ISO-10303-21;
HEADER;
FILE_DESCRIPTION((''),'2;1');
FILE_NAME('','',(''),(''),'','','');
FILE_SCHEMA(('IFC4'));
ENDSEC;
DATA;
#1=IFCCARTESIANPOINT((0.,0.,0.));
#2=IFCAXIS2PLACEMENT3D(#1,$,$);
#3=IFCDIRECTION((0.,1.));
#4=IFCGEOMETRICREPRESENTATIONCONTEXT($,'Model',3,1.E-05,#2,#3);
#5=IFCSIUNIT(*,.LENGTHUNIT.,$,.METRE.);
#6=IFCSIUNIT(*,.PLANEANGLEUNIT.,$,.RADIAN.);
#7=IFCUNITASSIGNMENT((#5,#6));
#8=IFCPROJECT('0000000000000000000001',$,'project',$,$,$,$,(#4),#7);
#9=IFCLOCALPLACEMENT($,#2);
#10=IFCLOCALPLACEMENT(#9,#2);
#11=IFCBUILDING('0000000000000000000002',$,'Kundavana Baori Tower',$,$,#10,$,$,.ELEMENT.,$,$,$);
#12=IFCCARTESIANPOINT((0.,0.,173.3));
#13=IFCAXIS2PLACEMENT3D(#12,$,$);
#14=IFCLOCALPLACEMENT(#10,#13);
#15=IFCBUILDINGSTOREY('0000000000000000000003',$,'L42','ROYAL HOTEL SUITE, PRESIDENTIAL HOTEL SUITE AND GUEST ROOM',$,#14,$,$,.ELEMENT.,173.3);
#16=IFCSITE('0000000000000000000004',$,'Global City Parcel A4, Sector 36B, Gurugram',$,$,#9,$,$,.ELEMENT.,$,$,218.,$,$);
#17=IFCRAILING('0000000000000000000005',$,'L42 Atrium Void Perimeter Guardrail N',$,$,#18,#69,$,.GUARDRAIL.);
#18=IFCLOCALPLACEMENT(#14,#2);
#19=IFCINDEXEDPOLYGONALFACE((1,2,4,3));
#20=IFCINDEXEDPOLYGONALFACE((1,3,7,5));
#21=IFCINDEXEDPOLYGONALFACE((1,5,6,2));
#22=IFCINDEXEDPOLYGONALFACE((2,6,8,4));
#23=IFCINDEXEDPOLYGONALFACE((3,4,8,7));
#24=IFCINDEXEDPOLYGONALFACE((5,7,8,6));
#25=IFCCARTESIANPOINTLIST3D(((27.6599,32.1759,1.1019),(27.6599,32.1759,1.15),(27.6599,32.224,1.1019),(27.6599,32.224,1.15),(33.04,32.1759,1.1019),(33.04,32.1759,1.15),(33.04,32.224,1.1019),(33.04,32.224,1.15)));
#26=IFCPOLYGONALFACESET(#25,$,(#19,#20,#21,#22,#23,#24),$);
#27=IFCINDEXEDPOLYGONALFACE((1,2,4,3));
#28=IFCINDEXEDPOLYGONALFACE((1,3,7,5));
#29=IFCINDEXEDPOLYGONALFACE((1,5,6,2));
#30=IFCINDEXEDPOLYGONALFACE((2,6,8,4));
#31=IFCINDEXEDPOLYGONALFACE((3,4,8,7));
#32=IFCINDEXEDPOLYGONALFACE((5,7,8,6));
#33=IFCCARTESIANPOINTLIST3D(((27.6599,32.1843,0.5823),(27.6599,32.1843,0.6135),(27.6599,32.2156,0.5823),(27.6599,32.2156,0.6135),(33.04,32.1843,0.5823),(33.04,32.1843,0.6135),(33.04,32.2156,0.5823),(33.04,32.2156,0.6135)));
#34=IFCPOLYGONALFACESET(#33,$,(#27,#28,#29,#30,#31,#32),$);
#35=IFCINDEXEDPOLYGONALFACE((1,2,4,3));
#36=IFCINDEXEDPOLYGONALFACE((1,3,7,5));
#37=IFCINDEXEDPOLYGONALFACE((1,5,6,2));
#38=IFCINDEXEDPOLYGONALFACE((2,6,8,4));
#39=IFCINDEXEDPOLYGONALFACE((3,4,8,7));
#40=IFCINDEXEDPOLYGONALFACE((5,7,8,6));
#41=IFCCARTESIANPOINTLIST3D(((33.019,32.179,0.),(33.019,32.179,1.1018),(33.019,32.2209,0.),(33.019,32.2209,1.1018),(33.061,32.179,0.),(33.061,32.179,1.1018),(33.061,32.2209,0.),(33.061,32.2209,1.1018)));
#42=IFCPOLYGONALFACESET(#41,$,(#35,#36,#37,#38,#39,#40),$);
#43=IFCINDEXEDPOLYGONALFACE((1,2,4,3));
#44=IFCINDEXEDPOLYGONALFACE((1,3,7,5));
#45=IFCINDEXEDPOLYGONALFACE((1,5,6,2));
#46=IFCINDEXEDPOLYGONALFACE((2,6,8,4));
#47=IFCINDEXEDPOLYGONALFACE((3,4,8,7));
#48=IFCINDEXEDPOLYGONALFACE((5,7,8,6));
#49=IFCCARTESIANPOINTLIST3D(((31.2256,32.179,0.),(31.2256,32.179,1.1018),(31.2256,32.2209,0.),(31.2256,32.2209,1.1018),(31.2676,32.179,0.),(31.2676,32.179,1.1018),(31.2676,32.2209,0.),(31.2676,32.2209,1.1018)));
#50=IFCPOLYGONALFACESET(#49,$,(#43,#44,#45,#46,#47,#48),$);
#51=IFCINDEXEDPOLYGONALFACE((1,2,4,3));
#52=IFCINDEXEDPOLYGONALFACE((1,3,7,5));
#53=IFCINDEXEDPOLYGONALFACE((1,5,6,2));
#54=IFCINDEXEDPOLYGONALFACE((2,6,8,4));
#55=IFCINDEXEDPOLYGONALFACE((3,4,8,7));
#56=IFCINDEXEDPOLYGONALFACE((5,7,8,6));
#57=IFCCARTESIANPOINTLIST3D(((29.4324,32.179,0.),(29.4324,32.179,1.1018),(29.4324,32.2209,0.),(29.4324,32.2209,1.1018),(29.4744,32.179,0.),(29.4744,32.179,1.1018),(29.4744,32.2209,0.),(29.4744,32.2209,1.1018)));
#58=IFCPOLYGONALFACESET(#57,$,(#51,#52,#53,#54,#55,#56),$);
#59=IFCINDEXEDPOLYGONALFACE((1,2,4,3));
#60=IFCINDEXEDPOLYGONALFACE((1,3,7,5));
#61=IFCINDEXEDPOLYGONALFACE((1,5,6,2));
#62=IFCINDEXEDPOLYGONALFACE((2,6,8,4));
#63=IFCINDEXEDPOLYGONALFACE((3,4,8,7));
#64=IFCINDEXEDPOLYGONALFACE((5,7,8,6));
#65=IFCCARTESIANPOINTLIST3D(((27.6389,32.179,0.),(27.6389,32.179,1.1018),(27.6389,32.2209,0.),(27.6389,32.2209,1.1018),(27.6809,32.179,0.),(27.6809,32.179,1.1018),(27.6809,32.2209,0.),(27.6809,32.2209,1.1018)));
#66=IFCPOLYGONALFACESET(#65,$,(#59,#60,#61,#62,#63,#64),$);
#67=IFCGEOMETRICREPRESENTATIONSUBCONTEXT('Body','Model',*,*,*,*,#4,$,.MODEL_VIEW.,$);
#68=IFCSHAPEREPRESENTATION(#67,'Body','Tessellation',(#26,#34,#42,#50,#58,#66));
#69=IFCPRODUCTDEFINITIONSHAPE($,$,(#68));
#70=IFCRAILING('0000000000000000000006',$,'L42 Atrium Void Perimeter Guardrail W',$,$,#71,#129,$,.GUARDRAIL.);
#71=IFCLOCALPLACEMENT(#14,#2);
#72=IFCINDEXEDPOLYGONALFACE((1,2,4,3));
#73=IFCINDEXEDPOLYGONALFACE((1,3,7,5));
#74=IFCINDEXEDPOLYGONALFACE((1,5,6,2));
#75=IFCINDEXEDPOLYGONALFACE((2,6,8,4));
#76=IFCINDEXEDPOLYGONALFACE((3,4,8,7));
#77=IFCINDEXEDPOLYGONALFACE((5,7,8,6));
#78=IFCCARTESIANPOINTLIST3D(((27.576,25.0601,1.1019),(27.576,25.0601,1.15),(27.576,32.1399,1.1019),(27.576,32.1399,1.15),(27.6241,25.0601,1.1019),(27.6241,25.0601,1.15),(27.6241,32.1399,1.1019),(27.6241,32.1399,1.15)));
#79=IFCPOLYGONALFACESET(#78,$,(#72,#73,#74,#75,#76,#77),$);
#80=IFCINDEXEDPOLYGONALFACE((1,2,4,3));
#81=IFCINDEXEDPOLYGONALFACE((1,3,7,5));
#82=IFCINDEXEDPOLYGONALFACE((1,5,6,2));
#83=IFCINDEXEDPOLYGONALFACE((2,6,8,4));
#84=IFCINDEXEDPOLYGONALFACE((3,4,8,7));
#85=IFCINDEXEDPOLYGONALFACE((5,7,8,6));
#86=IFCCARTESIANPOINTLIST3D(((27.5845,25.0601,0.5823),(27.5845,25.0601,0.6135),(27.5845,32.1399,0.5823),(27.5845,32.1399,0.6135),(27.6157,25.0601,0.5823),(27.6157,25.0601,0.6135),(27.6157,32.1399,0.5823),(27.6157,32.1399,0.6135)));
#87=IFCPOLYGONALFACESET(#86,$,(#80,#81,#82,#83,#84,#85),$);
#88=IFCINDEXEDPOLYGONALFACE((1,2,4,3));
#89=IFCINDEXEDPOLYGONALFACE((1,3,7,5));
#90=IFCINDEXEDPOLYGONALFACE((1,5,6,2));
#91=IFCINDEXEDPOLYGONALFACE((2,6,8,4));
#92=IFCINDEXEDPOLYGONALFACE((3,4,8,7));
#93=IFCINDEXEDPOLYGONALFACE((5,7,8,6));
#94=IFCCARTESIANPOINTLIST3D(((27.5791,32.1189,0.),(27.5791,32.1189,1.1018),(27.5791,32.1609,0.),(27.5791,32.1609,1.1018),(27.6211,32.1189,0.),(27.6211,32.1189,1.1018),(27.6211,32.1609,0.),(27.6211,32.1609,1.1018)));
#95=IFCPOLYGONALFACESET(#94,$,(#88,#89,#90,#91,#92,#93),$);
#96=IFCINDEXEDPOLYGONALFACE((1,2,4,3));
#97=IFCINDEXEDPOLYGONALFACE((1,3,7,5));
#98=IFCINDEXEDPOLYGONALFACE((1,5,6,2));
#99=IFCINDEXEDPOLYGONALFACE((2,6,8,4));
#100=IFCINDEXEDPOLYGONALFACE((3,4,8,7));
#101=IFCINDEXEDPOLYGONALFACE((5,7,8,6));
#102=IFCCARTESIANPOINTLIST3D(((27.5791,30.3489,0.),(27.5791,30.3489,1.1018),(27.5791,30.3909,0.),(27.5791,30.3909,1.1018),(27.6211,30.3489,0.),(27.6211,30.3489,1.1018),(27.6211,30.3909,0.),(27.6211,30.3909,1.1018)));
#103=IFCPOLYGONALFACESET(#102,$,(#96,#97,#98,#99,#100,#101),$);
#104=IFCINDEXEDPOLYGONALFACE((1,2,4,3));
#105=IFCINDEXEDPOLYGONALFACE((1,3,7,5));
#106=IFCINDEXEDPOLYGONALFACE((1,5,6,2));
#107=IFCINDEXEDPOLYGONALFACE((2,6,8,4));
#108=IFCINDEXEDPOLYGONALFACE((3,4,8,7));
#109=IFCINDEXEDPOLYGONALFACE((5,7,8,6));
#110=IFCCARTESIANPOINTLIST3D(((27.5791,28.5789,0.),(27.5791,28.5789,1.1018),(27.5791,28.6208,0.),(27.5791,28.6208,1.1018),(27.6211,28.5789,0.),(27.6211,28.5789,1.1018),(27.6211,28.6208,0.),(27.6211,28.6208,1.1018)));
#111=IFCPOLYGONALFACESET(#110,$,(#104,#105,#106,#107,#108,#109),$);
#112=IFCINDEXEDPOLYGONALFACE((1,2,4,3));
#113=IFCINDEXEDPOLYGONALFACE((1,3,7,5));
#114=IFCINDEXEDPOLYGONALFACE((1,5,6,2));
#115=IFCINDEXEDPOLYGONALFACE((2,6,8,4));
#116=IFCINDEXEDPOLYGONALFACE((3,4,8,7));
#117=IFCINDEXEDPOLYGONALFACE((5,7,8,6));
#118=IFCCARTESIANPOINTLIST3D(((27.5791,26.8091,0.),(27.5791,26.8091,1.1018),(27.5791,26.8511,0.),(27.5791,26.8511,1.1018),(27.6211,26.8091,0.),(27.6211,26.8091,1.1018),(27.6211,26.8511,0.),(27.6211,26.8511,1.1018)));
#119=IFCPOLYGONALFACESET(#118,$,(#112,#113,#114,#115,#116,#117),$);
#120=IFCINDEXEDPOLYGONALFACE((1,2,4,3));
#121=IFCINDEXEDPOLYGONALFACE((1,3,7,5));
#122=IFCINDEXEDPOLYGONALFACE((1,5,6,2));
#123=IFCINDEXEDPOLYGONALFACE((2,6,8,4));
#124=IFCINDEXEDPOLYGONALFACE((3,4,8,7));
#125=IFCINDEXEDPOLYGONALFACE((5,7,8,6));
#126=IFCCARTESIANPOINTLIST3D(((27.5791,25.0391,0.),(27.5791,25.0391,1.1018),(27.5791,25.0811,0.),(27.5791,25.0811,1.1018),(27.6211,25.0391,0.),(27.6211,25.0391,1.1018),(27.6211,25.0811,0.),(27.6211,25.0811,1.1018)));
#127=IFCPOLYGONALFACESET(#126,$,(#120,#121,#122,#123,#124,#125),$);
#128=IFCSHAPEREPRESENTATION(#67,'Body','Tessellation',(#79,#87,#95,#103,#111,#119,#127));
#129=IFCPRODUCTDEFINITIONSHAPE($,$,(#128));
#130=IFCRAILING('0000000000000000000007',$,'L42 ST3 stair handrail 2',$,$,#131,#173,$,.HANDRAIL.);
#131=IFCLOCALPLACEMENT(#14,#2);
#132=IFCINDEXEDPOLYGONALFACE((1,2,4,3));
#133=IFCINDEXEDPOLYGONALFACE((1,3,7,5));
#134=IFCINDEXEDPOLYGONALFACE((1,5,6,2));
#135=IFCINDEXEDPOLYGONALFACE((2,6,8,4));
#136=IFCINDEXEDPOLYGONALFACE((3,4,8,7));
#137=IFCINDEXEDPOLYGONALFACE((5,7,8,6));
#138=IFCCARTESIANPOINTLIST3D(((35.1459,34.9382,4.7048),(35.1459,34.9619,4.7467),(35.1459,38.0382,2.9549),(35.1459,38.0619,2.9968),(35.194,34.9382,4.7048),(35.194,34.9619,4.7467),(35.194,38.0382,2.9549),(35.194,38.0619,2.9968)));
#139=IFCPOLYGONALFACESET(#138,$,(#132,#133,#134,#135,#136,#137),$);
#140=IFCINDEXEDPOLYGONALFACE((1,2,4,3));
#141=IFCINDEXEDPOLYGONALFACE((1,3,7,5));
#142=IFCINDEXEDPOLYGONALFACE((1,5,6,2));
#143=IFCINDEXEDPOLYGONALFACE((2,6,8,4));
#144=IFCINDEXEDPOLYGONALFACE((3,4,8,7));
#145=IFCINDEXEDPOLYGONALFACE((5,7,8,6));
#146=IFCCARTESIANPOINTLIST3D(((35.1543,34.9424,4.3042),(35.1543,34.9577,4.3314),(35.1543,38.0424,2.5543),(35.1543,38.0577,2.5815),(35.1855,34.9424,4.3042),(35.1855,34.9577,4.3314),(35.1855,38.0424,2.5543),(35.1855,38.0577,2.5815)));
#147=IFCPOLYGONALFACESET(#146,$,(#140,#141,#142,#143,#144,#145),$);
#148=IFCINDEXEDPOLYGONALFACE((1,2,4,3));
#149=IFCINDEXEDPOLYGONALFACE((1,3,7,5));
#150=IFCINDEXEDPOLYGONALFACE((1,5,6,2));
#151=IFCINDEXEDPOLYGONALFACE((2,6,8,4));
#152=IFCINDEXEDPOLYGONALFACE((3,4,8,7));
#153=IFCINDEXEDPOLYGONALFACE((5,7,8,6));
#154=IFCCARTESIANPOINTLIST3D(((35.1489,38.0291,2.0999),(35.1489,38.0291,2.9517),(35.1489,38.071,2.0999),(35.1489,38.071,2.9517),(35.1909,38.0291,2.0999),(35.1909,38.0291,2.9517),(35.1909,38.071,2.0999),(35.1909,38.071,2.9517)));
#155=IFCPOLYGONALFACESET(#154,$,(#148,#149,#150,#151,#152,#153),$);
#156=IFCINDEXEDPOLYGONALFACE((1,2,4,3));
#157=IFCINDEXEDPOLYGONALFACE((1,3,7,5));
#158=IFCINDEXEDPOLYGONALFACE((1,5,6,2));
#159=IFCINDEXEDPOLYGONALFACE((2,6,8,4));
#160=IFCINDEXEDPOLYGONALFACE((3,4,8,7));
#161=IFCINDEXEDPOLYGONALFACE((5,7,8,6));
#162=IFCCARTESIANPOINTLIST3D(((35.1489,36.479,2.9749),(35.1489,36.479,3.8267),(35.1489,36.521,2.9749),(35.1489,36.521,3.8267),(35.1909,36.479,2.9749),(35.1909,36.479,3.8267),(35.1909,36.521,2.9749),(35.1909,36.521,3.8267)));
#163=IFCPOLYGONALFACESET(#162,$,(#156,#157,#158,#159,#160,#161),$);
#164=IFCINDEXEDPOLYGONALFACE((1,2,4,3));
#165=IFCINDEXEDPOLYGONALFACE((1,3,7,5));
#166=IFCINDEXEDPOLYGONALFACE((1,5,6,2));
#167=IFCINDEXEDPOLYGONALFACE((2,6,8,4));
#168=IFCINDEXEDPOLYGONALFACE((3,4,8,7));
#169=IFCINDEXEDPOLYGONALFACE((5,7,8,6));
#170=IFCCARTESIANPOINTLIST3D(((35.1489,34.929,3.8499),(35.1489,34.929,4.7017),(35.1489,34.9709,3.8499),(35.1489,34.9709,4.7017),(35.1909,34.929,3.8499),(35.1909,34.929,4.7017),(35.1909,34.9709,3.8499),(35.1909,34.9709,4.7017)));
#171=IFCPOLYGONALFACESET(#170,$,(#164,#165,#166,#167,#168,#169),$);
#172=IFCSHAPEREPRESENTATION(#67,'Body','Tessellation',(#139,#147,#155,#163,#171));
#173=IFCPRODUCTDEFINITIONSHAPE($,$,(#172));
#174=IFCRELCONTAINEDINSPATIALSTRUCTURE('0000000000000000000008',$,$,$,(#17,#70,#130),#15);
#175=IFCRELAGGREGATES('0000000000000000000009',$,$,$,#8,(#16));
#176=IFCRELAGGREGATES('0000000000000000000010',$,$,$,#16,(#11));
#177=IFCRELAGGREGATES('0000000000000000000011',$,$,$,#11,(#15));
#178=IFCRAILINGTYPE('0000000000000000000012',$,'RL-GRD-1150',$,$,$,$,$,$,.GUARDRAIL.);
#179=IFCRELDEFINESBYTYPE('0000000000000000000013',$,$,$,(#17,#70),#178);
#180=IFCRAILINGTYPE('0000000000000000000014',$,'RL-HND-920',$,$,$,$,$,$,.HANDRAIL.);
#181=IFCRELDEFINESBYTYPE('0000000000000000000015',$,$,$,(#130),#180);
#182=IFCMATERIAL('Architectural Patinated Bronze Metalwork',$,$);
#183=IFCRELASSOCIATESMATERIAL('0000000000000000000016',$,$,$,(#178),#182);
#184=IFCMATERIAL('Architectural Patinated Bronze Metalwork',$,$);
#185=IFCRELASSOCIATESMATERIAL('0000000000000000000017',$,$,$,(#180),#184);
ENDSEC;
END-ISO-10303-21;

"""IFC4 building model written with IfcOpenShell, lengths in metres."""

from ifc_helpers import new_model, si_unit, direction, frame, origin, origin_2d, place, context, subcontext, project, spatial, rectangle, extrude, material, type_object, element, save


model = new_model("IFC4")

# Units and contexts
model_context = context("Model", 3, precision=1e-05, world=origin(), true_north=direction((0.0, 1.0)))
body_context = subcontext(model_context, "Body", "Model", "MODEL_VIEW")
ifc_project = project(units=[si_unit("LENGTHUNIT", "METRE"), si_unit("PLANEANGLEUNIT", "RADIAN")], contexts=[model_context])

# Site, building, storey
site_placement = place(None, origin())
site = spatial("IfcSite", under=ifc_project, at=site_placement, Name="Global City Parcel A4, Sector 36B, Gurugram", CompositionType="ELEMENT", RefElevation=218.0)
building_placement = place(site_placement, origin())
building = spatial("IfcBuilding", under=site, at=building_placement, Name="Kundavana Baori Tower", CompositionType="ELEMENT")
storey_placement = place(building_placement, frame((0.0, 0.0, 173.3)))
storey = spatial("IfcBuildingStorey", under=building, at=storey_placement, Name="L42", Description="ROYAL HOTEL SUITE, PRESIDENTIAL HOTEL SUITE AND GUEST ROOM", CompositionType="ELEMENT", Elevation=173.3)

# Railings
ifc_material_1 = material(Name="Architectural Patinated Bronze Metalwork")
railing_type_1 = type_object("IfcRailingType", Name="RL-GRD-1150", PredefinedType="GUARDRAIL", material=ifc_material_1)
railing_1_placement = place(storey_placement, frame((33.04, 32.2, 0.0)))
element("IfcRailing", 1, at=railing_1_placement, inside=storey, type_object=railing_type_1, Name="L42 Atrium Void Perimeter Guardrail N", PredefinedType="GUARDRAIL", context=body_context, shape_type="SweptSolid", body=[
    extrude(rectangle(XDim=0.0481, YDim=0.0481, at=origin_2d()), frame((0.0, 0.0, 1.126), z_axis=(-1.0, 0.0, 0.0), x_axis=(0.0, -1.0, 0.0)), (0.0, 0.0, 1.0), 5.3801),
    extrude(rectangle(XDim=0.0312, YDim=0.0312, at=origin_2d()), frame((0.0, 0.0, 0.5979), z_axis=(-1.0, 0.0, 0.0), x_axis=(0.0, -1.0, 0.0)), (0.0, 0.0, 1.0), 5.3801),
    extrude(rectangle(XDim=0.042, YDim=0.042, at=origin_2d()), origin(), (0.0, 0.0, 1.0), 1.1018),
    extrude(rectangle(XDim=0.042, YDim=0.042, at=origin_2d()), frame((-1.7935, 0.0, 0.0)), (0.0, 0.0, 1.0), 1.1018),
    extrude(rectangle(XDim=0.042, YDim=0.042, at=origin_2d()), frame((-3.5867, 0.0, 0.0)), (0.0, 0.0, 1.0), 1.1018),
    extrude(rectangle(XDim=0.042, YDim=0.042, at=origin_2d()), frame((-5.3801, 0.0, 0.0)), (0.0, 0.0, 1.0), 1.1018),
])
railing_2_placement = place(storey_placement, frame((27.6001, 32.1399, 0.0)))
element("IfcRailing", 2, at=railing_2_placement, inside=storey, type_object=railing_type_1, Name="L42 Atrium Void Perimeter Guardrail W", PredefinedType="GUARDRAIL", context=body_context, shape_type="SweptSolid", body=[
    extrude(rectangle(XDim=0.0481, YDim=0.0481, at=origin_2d()), frame((0.0, 0.0, 1.126), z_axis=(0.0, -1.0, 0.0), x_axis=(1.0, 0.0, 0.0)), (0.0, 0.0, 1.0), 7.0798),
    extrude(rectangle(XDim=0.0312, YDim=0.0312, at=origin_2d()), frame((0.0, 0.0, 0.5979), z_axis=(0.0, -1.0, 0.0), x_axis=(1.0, 0.0, 0.0)), (0.0, 0.0, 1.0), 7.0798),
    extrude(rectangle(XDim=0.042, YDim=0.042, at=origin_2d()), origin(), (0.0, 0.0, 1.0), 1.1018),
    extrude(rectangle(XDim=0.042, YDim=0.042, at=origin_2d()), frame((0.0, -1.77, 0.0)), (0.0, 0.0, 1.0), 1.1018),
    extrude(rectangle(XDim=0.042, YDim=0.042, at=origin_2d()), frame((0.0, -3.54, 0.0)), (0.0, 0.0, 1.0), 1.1018),
    extrude(rectangle(XDim=0.042, YDim=0.042, at=origin_2d()), frame((0.0, -5.3098, 0.0)), (0.0, 0.0, 1.0), 1.1018),
    extrude(rectangle(XDim=0.042, YDim=0.042, at=origin_2d()), frame((0.0, -7.0798, 0.0)), (0.0, 0.0, 1.0), 1.1018),
])
ifc_material_2 = material(Name="Architectural Patinated Bronze Metalwork")
railing_type_2 = type_object("IfcRailingType", Name="RL-HND-920", PredefinedType="HANDRAIL", material=ifc_material_2)
railing_3_placement = place(storey_placement, frame((35.1699, 38.05, 2.0999)))
element("IfcRailing", 3, at=railing_3_placement, inside=storey, type_object=railing_type_2, Name="L42 ST3 stair handrail 2", PredefinedType="HANDRAIL", context=body_context, shape_type="SweptSolid", body=[
    extrude(rectangle(XDim=0.0481, YDim=0.0481, at=origin_2d()), frame((0.0, 0.0, 0.876), z_axis=(0.0, -0.870831, 0.491583), x_axis=(1.0, 0.0, 0.0)), (0.0, 0.0, 1.0), 3.5598),
    extrude(rectangle(XDim=0.0312, YDim=0.0312, at=origin_2d()), frame((0.0, 0.0, 0.468), z_axis=(0.0, -0.870831, 0.491583), x_axis=(1.0, 0.0, 0.0)), (0.0, 0.0, 1.0), 3.5598),
    extrude(rectangle(XDim=0.042, YDim=0.042, at=origin_2d()), origin(), (0.0, 0.0, 1.0), 0.8518),
    extrude(rectangle(XDim=0.042, YDim=0.042, at=origin_2d()), frame((0.0, -1.55, 0.875)), (0.0, 0.0, 1.0), 0.8518),
    extrude(rectangle(XDim=0.042, YDim=0.042, at=origin_2d()), frame((0.0, -3.1001, 1.75)), (0.0, 0.0, 1.0), 0.8518),
])

save(model, "model.ifc")
